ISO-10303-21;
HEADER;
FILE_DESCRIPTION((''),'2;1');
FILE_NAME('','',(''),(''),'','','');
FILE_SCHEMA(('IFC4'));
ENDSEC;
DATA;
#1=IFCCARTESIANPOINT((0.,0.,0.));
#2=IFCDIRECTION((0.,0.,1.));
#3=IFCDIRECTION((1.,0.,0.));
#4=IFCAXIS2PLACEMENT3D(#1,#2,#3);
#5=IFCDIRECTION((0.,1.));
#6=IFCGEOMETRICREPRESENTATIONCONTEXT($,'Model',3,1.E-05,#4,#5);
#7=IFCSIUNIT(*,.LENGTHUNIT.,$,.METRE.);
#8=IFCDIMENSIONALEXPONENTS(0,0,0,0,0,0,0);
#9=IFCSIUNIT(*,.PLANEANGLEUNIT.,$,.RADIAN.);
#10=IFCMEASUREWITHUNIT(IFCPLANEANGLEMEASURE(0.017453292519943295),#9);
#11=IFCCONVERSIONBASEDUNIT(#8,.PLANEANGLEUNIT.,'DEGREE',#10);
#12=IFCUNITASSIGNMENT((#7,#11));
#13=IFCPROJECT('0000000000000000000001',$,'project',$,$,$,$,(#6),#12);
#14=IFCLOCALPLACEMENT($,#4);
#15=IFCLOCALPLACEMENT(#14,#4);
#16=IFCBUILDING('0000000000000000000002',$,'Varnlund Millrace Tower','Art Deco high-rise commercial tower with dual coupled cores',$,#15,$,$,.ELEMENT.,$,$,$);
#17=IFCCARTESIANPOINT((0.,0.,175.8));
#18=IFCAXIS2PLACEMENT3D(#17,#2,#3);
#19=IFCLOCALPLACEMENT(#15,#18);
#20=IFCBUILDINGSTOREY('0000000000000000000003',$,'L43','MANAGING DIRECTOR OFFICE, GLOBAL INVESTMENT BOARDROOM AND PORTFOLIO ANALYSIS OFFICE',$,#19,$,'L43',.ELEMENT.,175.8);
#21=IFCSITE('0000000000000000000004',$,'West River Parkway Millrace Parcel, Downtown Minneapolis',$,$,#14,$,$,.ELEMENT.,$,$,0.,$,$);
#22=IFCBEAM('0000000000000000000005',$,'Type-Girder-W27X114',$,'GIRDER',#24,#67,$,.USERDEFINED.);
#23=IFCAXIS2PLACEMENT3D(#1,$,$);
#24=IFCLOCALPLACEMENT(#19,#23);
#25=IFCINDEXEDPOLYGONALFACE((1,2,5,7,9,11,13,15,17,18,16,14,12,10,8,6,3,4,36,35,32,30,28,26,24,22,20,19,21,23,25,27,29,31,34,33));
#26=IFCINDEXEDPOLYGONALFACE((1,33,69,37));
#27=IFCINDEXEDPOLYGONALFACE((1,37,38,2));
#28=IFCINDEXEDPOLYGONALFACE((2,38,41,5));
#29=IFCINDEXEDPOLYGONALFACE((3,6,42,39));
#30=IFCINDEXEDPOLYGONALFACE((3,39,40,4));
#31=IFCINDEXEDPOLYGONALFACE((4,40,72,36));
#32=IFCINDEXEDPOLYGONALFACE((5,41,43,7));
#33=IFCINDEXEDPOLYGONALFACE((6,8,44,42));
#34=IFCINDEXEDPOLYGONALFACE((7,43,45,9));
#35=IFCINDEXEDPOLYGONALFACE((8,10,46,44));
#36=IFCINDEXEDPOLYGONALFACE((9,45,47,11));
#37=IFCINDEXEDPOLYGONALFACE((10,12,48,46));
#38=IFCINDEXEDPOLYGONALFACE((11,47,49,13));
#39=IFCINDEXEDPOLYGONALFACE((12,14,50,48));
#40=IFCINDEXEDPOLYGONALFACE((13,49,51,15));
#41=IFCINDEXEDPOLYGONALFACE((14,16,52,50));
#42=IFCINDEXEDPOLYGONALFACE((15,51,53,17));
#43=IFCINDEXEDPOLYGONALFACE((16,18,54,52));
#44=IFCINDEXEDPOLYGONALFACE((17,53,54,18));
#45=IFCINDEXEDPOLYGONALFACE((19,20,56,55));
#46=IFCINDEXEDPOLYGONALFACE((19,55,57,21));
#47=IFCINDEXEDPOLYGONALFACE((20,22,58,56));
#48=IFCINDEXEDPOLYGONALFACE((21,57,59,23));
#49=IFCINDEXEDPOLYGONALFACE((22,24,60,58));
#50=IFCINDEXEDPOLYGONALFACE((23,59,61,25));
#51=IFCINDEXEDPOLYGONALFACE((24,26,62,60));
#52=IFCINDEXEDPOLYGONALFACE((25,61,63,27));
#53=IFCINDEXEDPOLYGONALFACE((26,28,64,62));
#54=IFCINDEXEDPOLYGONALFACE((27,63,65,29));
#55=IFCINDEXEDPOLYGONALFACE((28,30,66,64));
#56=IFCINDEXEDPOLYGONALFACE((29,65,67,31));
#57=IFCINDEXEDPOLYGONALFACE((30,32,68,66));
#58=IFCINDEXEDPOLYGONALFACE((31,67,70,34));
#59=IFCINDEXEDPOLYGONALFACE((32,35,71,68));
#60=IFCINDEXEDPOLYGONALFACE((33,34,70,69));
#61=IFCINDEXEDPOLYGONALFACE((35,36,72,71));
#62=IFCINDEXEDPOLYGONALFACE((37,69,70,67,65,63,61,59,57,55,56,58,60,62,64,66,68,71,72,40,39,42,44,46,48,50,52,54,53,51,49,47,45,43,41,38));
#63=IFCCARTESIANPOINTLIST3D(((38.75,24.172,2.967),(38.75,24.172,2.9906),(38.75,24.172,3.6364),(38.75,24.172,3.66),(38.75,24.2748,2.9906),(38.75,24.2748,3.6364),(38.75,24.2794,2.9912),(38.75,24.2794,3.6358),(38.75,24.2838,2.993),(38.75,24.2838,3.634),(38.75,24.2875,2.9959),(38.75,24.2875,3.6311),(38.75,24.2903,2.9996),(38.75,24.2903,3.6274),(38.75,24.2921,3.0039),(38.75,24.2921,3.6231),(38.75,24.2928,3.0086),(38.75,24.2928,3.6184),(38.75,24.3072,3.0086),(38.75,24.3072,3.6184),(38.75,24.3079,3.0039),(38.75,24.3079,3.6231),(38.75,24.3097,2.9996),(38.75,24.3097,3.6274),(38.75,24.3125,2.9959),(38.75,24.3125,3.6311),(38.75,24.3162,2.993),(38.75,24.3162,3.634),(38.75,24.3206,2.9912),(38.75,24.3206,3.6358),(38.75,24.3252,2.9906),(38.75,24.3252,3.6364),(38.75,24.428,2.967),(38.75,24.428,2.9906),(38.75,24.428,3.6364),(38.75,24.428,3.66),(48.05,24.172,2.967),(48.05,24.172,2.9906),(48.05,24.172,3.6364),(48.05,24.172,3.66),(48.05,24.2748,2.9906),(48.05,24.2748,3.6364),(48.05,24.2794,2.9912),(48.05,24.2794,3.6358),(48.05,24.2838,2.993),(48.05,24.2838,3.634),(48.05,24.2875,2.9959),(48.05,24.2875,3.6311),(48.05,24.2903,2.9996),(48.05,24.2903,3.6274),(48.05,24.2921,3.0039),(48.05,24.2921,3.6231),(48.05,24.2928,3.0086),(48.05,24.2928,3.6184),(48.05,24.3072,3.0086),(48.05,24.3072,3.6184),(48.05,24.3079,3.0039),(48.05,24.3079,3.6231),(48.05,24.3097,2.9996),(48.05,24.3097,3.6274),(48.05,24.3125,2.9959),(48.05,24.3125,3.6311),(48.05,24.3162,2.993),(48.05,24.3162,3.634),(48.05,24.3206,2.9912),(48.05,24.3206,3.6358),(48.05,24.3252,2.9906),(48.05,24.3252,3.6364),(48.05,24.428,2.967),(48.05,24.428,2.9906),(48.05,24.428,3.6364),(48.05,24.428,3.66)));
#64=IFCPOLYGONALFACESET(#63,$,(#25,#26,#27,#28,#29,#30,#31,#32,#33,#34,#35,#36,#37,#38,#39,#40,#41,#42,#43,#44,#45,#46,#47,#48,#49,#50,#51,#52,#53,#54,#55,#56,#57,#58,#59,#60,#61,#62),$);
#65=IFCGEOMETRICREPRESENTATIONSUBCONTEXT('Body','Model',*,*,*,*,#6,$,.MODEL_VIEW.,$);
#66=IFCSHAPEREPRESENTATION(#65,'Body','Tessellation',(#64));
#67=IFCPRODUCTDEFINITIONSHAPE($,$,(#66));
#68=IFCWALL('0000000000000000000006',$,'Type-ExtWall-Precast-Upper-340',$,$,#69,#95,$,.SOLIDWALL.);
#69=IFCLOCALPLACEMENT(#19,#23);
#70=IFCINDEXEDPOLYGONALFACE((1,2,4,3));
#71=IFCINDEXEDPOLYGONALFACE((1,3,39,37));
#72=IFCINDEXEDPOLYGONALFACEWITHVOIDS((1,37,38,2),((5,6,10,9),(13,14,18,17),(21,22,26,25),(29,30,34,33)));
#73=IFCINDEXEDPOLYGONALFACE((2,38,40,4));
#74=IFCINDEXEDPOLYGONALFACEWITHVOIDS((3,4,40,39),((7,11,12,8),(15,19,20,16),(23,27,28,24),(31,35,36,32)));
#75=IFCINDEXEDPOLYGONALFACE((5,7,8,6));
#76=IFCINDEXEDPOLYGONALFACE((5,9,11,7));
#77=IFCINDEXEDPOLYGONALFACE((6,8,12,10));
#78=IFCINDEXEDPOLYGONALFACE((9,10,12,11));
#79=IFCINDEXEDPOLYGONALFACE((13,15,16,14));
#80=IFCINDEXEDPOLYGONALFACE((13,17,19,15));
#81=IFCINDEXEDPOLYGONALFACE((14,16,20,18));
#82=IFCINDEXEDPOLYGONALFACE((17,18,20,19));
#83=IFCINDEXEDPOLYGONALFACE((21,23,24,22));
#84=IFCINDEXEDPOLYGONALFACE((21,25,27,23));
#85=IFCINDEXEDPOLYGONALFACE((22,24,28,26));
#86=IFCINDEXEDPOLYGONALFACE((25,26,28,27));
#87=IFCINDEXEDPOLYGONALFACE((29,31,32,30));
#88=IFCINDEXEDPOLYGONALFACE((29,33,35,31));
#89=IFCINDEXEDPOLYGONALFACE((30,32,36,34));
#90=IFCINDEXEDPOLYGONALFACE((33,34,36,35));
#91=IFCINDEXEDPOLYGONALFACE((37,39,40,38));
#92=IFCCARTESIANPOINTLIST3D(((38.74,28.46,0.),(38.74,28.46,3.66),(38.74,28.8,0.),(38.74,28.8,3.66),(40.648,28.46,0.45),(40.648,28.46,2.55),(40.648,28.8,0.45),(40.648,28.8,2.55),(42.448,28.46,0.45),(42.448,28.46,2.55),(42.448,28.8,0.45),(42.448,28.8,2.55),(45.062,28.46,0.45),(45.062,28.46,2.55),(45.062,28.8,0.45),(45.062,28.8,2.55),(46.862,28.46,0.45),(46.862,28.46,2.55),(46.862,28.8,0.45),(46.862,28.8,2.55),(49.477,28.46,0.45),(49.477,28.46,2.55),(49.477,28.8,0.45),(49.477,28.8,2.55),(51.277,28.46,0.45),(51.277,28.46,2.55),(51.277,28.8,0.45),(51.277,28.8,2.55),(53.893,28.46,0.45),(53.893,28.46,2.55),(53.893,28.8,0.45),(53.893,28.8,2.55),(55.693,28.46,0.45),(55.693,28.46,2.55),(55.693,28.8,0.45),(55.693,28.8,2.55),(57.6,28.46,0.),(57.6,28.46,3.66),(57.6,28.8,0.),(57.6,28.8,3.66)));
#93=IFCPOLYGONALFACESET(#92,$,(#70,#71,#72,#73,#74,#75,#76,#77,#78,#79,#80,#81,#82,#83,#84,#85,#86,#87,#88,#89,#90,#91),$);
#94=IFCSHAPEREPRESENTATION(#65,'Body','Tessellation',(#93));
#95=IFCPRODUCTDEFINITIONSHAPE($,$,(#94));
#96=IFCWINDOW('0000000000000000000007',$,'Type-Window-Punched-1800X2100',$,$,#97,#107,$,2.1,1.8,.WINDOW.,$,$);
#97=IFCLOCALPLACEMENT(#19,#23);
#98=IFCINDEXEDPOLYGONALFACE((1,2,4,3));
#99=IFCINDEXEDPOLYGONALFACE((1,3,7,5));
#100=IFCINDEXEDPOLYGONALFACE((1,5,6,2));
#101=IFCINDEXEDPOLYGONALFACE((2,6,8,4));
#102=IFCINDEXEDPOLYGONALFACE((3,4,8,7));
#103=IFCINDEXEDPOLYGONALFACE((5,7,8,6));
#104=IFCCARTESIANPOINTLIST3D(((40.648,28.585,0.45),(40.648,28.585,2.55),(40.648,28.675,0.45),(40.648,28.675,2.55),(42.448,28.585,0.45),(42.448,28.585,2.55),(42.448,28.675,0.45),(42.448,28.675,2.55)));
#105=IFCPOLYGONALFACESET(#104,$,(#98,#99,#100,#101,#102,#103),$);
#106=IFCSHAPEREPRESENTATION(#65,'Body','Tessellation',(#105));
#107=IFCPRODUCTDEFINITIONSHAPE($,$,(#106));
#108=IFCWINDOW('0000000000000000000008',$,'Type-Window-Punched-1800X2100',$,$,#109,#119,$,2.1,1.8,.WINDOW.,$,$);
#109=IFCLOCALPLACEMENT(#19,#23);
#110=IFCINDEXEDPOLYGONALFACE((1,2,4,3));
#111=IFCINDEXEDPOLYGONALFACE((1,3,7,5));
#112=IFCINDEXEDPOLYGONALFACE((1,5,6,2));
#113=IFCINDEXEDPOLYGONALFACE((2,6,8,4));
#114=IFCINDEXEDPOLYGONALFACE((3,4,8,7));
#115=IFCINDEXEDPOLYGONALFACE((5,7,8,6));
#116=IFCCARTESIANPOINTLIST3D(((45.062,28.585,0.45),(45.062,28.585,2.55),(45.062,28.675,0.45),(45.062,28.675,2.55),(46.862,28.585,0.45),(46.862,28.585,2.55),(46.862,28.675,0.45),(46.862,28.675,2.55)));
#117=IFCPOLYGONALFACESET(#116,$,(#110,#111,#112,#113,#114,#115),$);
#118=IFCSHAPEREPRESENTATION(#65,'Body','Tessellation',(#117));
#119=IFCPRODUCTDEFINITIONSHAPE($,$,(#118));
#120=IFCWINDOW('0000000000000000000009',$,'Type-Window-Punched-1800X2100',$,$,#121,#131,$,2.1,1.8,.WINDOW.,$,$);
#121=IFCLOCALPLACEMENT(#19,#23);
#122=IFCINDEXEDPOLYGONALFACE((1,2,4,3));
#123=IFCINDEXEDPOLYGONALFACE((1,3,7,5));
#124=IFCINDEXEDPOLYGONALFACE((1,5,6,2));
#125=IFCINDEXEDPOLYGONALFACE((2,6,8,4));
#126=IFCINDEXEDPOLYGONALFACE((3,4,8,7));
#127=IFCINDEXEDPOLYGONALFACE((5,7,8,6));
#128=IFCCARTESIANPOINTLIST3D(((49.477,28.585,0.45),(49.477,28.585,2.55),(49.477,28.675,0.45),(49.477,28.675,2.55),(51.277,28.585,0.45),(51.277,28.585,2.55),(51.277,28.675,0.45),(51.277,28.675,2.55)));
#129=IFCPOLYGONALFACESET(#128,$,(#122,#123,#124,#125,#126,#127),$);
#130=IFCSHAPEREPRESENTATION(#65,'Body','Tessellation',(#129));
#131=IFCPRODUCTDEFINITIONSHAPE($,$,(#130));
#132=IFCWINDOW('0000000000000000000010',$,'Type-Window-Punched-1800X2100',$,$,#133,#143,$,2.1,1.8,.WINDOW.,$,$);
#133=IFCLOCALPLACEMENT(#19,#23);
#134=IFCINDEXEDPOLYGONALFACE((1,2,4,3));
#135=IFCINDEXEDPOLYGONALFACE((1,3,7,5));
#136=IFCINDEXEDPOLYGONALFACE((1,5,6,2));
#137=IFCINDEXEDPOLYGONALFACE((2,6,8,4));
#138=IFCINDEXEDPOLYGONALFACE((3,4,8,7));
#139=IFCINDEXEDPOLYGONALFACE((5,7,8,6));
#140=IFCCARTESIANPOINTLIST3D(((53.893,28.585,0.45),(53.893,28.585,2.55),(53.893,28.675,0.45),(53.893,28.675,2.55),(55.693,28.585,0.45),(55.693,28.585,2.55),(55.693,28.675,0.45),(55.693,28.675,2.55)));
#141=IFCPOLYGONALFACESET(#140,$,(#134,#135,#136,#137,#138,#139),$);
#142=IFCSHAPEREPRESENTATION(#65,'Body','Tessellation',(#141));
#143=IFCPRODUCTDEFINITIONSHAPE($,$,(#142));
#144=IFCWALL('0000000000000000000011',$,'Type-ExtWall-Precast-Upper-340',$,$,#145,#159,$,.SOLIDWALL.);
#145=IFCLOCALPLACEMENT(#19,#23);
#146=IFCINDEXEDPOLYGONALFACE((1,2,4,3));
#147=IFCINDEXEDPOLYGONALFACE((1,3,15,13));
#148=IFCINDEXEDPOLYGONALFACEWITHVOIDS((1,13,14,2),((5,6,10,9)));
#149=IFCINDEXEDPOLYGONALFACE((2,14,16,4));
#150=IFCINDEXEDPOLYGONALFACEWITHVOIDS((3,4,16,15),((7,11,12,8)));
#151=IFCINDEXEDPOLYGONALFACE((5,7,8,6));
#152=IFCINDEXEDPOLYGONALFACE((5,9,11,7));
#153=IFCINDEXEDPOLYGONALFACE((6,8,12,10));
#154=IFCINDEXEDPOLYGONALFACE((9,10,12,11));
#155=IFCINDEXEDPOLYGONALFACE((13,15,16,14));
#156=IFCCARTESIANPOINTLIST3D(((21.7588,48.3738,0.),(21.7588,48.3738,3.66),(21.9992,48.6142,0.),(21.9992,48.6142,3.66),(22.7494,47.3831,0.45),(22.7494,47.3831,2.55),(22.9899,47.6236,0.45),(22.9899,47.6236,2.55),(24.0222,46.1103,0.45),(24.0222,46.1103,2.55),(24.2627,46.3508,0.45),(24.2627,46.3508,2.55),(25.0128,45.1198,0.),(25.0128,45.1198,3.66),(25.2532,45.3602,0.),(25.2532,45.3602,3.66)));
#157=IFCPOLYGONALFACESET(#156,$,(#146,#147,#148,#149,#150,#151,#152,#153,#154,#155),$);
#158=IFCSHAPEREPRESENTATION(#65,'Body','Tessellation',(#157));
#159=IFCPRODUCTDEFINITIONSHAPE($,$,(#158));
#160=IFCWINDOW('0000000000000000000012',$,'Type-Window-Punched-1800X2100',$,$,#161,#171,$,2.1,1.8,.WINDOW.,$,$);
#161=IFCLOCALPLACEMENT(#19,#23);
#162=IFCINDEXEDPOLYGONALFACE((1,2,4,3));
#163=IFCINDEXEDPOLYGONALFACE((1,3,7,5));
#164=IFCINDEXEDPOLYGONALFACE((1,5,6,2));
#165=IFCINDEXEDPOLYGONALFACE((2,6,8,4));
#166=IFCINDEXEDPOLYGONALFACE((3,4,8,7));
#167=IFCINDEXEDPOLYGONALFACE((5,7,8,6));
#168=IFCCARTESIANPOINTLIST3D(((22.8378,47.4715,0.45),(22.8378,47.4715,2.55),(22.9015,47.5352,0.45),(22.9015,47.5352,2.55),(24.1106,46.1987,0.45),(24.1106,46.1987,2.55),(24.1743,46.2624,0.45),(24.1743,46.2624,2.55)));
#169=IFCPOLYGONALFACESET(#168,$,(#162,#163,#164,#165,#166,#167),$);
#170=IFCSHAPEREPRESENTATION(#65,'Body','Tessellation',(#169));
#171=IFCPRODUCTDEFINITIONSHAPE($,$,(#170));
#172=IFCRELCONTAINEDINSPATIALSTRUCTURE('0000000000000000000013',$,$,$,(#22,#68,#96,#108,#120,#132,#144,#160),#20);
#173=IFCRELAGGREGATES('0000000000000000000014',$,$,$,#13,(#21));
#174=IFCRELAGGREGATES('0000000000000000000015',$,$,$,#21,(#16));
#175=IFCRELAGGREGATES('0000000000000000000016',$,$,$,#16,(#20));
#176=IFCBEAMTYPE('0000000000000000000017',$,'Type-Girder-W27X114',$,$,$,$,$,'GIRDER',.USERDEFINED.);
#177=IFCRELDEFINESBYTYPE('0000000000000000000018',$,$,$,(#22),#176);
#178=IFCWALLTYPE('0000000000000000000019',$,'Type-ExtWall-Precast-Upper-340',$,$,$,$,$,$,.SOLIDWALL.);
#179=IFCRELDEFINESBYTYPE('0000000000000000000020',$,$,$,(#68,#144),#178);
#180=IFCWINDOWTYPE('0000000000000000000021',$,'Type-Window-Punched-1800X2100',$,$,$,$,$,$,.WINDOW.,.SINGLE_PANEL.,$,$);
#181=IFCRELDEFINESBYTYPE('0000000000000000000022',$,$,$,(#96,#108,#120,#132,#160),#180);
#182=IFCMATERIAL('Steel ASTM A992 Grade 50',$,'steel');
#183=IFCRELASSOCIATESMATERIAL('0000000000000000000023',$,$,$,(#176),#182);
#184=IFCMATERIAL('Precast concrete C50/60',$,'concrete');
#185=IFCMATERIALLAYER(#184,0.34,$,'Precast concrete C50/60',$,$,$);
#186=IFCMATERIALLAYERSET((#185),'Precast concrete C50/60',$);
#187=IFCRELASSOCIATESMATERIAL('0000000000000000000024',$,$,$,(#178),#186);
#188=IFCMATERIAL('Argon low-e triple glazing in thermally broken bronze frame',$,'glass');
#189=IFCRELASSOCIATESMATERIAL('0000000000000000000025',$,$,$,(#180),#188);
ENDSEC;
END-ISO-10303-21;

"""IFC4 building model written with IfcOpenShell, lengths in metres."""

from ifc_helpers import new_model, entity, si_unit, converted_unit, direction, frame, origin_with_axes, origin_2d_with_axis, place, context, subcontext, project, spatial, polyline, rectangle, i_section, outline, extrude, material, layer, layer_set, material_profile, profile_set, type_object, element, fill, save


model = new_model("IFC4")

# Units and contexts
model_context = context("Model", 3, precision=1e-05, world=origin_with_axes(), true_north=direction((0.0, 1.0)))
body_context = subcontext(model_context, "Body", "Model", "MODEL_VIEW")
ifc_project = project(units=[si_unit("LENGTHUNIT", "METRE"), converted_unit("PLANEANGLEUNIT", "DEGREE", entity("IfcPlaneAngleMeasure", 0.017453292519943295), si_unit("PLANEANGLEUNIT", "RADIAN"), dimensions=[0, 0, 0, 0, 0, 0, 0])], contexts=[model_context])

# Site, building, storey
site_placement = place(None, origin_with_axes())
site = spatial("IfcSite", under=ifc_project, at=site_placement, Name="West River Parkway Millrace Parcel, Downtown Minneapolis", CompositionType="ELEMENT", RefElevation=0.0)
building_placement = place(site_placement, origin_with_axes())
building = spatial("IfcBuilding", under=site, at=building_placement, Name="Varnlund Millrace Tower", Description="Art Deco high-rise commercial tower with dual coupled cores", CompositionType="ELEMENT")
storey_placement = place(building_placement, frame((0.0, 0.0, 175.8), z_axis=(0.0, 0.0, 1.0), x_axis=(1.0, 0.0, 0.0)))
storey = spatial("IfcBuildingStorey", under=building, at=storey_placement, Name="L43", Description="MANAGING DIRECTOR OFFICE, GLOBAL INVESTMENT BOARDROOM AND PORTFOLIO ANALYSIS OFFICE", LongName="L43", CompositionType="ELEMENT", Elevation=175.8)

# Beam
ifc_material_1 = material(Name="Steel ASTM A992 Grade 50", Category="steel")
ifc_material_profile_1 = material_profile(ifc_material_1, i_section(OverallWidth=0.256, OverallDepth=0.693, WebThickness=0.0145, FlangeThickness=0.0236, FilletRadius=0.018, at=origin_2d_with_axis()), Name="Steel ASTM A992 Grade 50")
ifc_profile_set_1 = profile_set([ifc_material_profile_1], Name="Steel ASTM A992 Grade 50")
beam_type_1 = type_object("IfcBeamType", Name="Type-Girder-W27X114", ElementType="GIRDER", PredefinedType="USERDEFINED", material=ifc_profile_set_1)
beam_1_placement = place(storey_placement, frame((38.75, 24.3, 3.3135), z_axis=(1.0, 0.0, 0.0), x_axis=(0.0, 1.0, 0.0)))
element("IfcBeam", 1, at=beam_1_placement, inside=storey, type_object=beam_type_1, Name="Type-Girder-W27X114", ObjectType="GIRDER", PredefinedType="USERDEFINED", context=body_context, shape_type="SweptSolid", body=[
    extrude(i_section(OverallWidth=0.256, OverallDepth=0.693, WebThickness=0.0145, FlangeThickness=0.0236, FilletRadius=0.018, at=origin_2d_with_axis()), origin_with_axes(), (0.0, 0.0, 1.0), 9.3),
])

# Wall, openings, windows
ifc_material_2 = material(Name="Precast concrete C50/60", Category="concrete")
ifc_layer_1 = layer(ifc_material_2, 0.34, Name="Precast concrete C50/60")
ifc_layer_set_1 = layer_set([ifc_layer_1], Name="Precast concrete C50/60")
wall_type_1 = type_object("IfcWallType", Name="Type-ExtWall-Precast-Upper-340", PredefinedType="SOLIDWALL", material=ifc_layer_set_1)
wall_1_placement = place(storey_placement, frame((38.74, 28.63, 0.0), z_axis=(0.0, 0.0, 1.0), x_axis=(1.0, 0.0, 0.0)))
wall_1 = element("IfcWall", 2, at=wall_1_placement, inside=storey, type_object=wall_type_1, Name="Type-ExtWall-Precast-Upper-340", PredefinedType="SOLIDWALL", context=body_context, shape_type="SweptSolid", body=[
    extrude(outline(polyline([(0.0, -0.17), (18.86, -0.17), (18.86, 0.17), (0.0, 0.17), (0.0, -0.17)])), origin_with_axes(), (0.0, 0.0, 1.0), 3.66),
])
opening_1_placement = place(wall_1_placement, frame((2.808, 0.0, 0.45), z_axis=(0.0, 0.0, 1.0), x_axis=(1.0, 0.0, 0.0)))
opening_1 = element("IfcOpeningElement", 3, at=opening_1_placement, cuts=wall_1, PredefinedType="OPENING", context=body_context, shape_type="SweptSolid", body=[
    extrude(rectangle(XDim=1.8, YDim=0.36, at=origin_2d_with_axis()), origin_with_axes(), (0.0, 0.0, 1.0), 2.1),
])
opening_2_placement = place(wall_1_placement, frame((7.222, 0.0, 0.45), z_axis=(0.0, 0.0, 1.0), x_axis=(1.0, 0.0, 0.0)))
opening_2 = element("IfcOpeningElement", 4, at=opening_2_placement, cuts=wall_1, PredefinedType="OPENING", context=body_context, shape_type="SweptSolid", body=[
    extrude(rectangle(XDim=1.8, YDim=0.36, at=origin_2d_with_axis()), origin_with_axes(), (0.0, 0.0, 1.0), 2.1),
])
opening_3_placement = place(wall_1_placement, frame((11.637, 0.0, 0.45), z_axis=(0.0, 0.0, 1.0), x_axis=(1.0, 0.0, 0.0)))
opening_3 = element("IfcOpeningElement", 5, at=opening_3_placement, cuts=wall_1, PredefinedType="OPENING", context=body_context, shape_type="SweptSolid", body=[
    extrude(rectangle(XDim=1.8, YDim=0.36, at=origin_2d_with_axis()), origin_with_axes(), (0.0, 0.0, 1.0), 2.1),
])
opening_4_placement = place(wall_1_placement, frame((16.053, 0.0, 0.45), z_axis=(0.0, 0.0, 1.0), x_axis=(1.0, 0.0, 0.0)))
opening_4 = element("IfcOpeningElement", 6, at=opening_4_placement, cuts=wall_1, PredefinedType="OPENING", context=body_context, shape_type="SweptSolid", body=[
    extrude(rectangle(XDim=1.8, YDim=0.36, at=origin_2d_with_axis()), origin_with_axes(), (0.0, 0.0, 1.0), 2.1),
])
ifc_material_3 = material(Name="Argon low-e triple glazing in thermally broken bronze frame", Category="glass")
window_type_1 = type_object("IfcWindowType", Name="Type-Window-Punched-1800X2100", PartitioningType="SINGLE_PANEL", PredefinedType="WINDOW", material=ifc_material_3)
window_1_placement = place(wall_1_placement, frame((2.808, 0.0, 0.45), z_axis=(0.0, 0.0, 1.0), x_axis=(1.0, 0.0, 0.0)))
window_1 = element("IfcWindow", 7, at=window_1_placement, inside=storey, type_object=window_type_1, Name="Type-Window-Punched-1800X2100", OverallHeight=2.1, OverallWidth=1.8, PredefinedType="WINDOW", context=body_context, shape_type="SweptSolid", body=[
    extrude(rectangle(XDim=1.8, YDim=0.09, at=origin_2d_with_axis()), origin_with_axes(), (0.0, 0.0, 1.0), 2.1),
])
fill(opening_1, window_1)
window_2_placement = place(wall_1_placement, frame((7.222, 0.0, 0.45), z_axis=(0.0, 0.0, 1.0), x_axis=(1.0, 0.0, 0.0)))
window_2 = element("IfcWindow", 8, at=window_2_placement, inside=storey, type_object=window_type_1, Name="Type-Window-Punched-1800X2100", OverallHeight=2.1, OverallWidth=1.8, PredefinedType="WINDOW", context=body_context, shape_type="SweptSolid", body=[
    extrude(rectangle(XDim=1.8, YDim=0.09, at=origin_2d_with_axis()), origin_with_axes(), (0.0, 0.0, 1.0), 2.1),
])
fill(opening_2, window_2)
window_3_placement = place(wall_1_placement, frame((11.637, 0.0, 0.45), z_axis=(0.0, 0.0, 1.0), x_axis=(1.0, 0.0, 0.0)))
window_3 = element("IfcWindow", 9, at=window_3_placement, inside=storey, type_object=window_type_1, Name="Type-Window-Punched-1800X2100", OverallHeight=2.1, OverallWidth=1.8, PredefinedType="WINDOW", context=body_context, shape_type="SweptSolid", body=[
    extrude(rectangle(XDim=1.8, YDim=0.09, at=origin_2d_with_axis()), origin_with_axes(), (0.0, 0.0, 1.0), 2.1),
])
fill(opening_3, window_3)
window_4_placement = place(wall_1_placement, frame((16.053, 0.0, 0.45), z_axis=(0.0, 0.0, 1.0), x_axis=(1.0, 0.0, 0.0)))
window_4 = element("IfcWindow", 10, at=window_4_placement, inside=storey, type_object=window_type_1, Name="Type-Window-Punched-1800X2100", OverallHeight=2.1, OverallWidth=1.8, PredefinedType="WINDOW", context=body_context, shape_type="SweptSolid", body=[
    extrude(rectangle(XDim=1.8, YDim=0.09, at=origin_2d_with_axis()), origin_with_axes(), (0.0, 0.0, 1.0), 2.1),
])
fill(opening_4, window_4)

# Wall, opening, window
wall_2_placement = place(storey_placement, frame((21.879, 48.494, 0.0), z_axis=(0.0, 0.0, 1.0), x_axis=(0.707107, -0.707107, 0.0)))
wall_2 = element("IfcWall", 11, at=wall_2_placement, inside=storey, type_object=wall_type_1, Name="Type-ExtWall-Precast-Upper-340", PredefinedType="SOLIDWALL", context=body_context, shape_type="SweptSolid", body=[
    extrude(outline(polyline([(0.0, -0.17), (4.6019, -0.17), (4.6019, 0.17), (0.0, 0.17), (0.0, -0.17)])), origin_with_axes(), (0.0, 0.0, 1.0), 3.66),
])
opening_5_placement = place(wall_2_placement, frame((2.301, 0.0, 0.45), z_axis=(0.0, 0.0, 1.0), x_axis=(1.0, 0.0, 0.0)))
opening_5 = element("IfcOpeningElement", 12, at=opening_5_placement, cuts=wall_2, PredefinedType="OPENING", context=body_context, shape_type="SweptSolid", body=[
    extrude(rectangle(XDim=1.8, YDim=0.36, at=origin_2d_with_axis()), origin_with_axes(), (0.0, 0.0, 1.0), 2.1),
])
window_5_placement = place(wall_2_placement, frame((2.301, 0.0, 0.45), z_axis=(0.0, 0.0, 1.0), x_axis=(1.0, 0.0, 0.0)))
window_5 = element("IfcWindow", 13, at=window_5_placement, inside=storey, type_object=window_type_1, Name="Type-Window-Punched-1800X2100", OverallHeight=2.1, OverallWidth=1.8, PredefinedType="WINDOW", context=body_context, shape_type="SweptSolid", body=[
    extrude(rectangle(XDim=1.8, YDim=0.09, at=origin_2d_with_axis()), origin_with_axes(), (0.0, 0.0, 1.0), 2.1),
])
fill(opening_5, window_5)

save(model, "model.ifc")
